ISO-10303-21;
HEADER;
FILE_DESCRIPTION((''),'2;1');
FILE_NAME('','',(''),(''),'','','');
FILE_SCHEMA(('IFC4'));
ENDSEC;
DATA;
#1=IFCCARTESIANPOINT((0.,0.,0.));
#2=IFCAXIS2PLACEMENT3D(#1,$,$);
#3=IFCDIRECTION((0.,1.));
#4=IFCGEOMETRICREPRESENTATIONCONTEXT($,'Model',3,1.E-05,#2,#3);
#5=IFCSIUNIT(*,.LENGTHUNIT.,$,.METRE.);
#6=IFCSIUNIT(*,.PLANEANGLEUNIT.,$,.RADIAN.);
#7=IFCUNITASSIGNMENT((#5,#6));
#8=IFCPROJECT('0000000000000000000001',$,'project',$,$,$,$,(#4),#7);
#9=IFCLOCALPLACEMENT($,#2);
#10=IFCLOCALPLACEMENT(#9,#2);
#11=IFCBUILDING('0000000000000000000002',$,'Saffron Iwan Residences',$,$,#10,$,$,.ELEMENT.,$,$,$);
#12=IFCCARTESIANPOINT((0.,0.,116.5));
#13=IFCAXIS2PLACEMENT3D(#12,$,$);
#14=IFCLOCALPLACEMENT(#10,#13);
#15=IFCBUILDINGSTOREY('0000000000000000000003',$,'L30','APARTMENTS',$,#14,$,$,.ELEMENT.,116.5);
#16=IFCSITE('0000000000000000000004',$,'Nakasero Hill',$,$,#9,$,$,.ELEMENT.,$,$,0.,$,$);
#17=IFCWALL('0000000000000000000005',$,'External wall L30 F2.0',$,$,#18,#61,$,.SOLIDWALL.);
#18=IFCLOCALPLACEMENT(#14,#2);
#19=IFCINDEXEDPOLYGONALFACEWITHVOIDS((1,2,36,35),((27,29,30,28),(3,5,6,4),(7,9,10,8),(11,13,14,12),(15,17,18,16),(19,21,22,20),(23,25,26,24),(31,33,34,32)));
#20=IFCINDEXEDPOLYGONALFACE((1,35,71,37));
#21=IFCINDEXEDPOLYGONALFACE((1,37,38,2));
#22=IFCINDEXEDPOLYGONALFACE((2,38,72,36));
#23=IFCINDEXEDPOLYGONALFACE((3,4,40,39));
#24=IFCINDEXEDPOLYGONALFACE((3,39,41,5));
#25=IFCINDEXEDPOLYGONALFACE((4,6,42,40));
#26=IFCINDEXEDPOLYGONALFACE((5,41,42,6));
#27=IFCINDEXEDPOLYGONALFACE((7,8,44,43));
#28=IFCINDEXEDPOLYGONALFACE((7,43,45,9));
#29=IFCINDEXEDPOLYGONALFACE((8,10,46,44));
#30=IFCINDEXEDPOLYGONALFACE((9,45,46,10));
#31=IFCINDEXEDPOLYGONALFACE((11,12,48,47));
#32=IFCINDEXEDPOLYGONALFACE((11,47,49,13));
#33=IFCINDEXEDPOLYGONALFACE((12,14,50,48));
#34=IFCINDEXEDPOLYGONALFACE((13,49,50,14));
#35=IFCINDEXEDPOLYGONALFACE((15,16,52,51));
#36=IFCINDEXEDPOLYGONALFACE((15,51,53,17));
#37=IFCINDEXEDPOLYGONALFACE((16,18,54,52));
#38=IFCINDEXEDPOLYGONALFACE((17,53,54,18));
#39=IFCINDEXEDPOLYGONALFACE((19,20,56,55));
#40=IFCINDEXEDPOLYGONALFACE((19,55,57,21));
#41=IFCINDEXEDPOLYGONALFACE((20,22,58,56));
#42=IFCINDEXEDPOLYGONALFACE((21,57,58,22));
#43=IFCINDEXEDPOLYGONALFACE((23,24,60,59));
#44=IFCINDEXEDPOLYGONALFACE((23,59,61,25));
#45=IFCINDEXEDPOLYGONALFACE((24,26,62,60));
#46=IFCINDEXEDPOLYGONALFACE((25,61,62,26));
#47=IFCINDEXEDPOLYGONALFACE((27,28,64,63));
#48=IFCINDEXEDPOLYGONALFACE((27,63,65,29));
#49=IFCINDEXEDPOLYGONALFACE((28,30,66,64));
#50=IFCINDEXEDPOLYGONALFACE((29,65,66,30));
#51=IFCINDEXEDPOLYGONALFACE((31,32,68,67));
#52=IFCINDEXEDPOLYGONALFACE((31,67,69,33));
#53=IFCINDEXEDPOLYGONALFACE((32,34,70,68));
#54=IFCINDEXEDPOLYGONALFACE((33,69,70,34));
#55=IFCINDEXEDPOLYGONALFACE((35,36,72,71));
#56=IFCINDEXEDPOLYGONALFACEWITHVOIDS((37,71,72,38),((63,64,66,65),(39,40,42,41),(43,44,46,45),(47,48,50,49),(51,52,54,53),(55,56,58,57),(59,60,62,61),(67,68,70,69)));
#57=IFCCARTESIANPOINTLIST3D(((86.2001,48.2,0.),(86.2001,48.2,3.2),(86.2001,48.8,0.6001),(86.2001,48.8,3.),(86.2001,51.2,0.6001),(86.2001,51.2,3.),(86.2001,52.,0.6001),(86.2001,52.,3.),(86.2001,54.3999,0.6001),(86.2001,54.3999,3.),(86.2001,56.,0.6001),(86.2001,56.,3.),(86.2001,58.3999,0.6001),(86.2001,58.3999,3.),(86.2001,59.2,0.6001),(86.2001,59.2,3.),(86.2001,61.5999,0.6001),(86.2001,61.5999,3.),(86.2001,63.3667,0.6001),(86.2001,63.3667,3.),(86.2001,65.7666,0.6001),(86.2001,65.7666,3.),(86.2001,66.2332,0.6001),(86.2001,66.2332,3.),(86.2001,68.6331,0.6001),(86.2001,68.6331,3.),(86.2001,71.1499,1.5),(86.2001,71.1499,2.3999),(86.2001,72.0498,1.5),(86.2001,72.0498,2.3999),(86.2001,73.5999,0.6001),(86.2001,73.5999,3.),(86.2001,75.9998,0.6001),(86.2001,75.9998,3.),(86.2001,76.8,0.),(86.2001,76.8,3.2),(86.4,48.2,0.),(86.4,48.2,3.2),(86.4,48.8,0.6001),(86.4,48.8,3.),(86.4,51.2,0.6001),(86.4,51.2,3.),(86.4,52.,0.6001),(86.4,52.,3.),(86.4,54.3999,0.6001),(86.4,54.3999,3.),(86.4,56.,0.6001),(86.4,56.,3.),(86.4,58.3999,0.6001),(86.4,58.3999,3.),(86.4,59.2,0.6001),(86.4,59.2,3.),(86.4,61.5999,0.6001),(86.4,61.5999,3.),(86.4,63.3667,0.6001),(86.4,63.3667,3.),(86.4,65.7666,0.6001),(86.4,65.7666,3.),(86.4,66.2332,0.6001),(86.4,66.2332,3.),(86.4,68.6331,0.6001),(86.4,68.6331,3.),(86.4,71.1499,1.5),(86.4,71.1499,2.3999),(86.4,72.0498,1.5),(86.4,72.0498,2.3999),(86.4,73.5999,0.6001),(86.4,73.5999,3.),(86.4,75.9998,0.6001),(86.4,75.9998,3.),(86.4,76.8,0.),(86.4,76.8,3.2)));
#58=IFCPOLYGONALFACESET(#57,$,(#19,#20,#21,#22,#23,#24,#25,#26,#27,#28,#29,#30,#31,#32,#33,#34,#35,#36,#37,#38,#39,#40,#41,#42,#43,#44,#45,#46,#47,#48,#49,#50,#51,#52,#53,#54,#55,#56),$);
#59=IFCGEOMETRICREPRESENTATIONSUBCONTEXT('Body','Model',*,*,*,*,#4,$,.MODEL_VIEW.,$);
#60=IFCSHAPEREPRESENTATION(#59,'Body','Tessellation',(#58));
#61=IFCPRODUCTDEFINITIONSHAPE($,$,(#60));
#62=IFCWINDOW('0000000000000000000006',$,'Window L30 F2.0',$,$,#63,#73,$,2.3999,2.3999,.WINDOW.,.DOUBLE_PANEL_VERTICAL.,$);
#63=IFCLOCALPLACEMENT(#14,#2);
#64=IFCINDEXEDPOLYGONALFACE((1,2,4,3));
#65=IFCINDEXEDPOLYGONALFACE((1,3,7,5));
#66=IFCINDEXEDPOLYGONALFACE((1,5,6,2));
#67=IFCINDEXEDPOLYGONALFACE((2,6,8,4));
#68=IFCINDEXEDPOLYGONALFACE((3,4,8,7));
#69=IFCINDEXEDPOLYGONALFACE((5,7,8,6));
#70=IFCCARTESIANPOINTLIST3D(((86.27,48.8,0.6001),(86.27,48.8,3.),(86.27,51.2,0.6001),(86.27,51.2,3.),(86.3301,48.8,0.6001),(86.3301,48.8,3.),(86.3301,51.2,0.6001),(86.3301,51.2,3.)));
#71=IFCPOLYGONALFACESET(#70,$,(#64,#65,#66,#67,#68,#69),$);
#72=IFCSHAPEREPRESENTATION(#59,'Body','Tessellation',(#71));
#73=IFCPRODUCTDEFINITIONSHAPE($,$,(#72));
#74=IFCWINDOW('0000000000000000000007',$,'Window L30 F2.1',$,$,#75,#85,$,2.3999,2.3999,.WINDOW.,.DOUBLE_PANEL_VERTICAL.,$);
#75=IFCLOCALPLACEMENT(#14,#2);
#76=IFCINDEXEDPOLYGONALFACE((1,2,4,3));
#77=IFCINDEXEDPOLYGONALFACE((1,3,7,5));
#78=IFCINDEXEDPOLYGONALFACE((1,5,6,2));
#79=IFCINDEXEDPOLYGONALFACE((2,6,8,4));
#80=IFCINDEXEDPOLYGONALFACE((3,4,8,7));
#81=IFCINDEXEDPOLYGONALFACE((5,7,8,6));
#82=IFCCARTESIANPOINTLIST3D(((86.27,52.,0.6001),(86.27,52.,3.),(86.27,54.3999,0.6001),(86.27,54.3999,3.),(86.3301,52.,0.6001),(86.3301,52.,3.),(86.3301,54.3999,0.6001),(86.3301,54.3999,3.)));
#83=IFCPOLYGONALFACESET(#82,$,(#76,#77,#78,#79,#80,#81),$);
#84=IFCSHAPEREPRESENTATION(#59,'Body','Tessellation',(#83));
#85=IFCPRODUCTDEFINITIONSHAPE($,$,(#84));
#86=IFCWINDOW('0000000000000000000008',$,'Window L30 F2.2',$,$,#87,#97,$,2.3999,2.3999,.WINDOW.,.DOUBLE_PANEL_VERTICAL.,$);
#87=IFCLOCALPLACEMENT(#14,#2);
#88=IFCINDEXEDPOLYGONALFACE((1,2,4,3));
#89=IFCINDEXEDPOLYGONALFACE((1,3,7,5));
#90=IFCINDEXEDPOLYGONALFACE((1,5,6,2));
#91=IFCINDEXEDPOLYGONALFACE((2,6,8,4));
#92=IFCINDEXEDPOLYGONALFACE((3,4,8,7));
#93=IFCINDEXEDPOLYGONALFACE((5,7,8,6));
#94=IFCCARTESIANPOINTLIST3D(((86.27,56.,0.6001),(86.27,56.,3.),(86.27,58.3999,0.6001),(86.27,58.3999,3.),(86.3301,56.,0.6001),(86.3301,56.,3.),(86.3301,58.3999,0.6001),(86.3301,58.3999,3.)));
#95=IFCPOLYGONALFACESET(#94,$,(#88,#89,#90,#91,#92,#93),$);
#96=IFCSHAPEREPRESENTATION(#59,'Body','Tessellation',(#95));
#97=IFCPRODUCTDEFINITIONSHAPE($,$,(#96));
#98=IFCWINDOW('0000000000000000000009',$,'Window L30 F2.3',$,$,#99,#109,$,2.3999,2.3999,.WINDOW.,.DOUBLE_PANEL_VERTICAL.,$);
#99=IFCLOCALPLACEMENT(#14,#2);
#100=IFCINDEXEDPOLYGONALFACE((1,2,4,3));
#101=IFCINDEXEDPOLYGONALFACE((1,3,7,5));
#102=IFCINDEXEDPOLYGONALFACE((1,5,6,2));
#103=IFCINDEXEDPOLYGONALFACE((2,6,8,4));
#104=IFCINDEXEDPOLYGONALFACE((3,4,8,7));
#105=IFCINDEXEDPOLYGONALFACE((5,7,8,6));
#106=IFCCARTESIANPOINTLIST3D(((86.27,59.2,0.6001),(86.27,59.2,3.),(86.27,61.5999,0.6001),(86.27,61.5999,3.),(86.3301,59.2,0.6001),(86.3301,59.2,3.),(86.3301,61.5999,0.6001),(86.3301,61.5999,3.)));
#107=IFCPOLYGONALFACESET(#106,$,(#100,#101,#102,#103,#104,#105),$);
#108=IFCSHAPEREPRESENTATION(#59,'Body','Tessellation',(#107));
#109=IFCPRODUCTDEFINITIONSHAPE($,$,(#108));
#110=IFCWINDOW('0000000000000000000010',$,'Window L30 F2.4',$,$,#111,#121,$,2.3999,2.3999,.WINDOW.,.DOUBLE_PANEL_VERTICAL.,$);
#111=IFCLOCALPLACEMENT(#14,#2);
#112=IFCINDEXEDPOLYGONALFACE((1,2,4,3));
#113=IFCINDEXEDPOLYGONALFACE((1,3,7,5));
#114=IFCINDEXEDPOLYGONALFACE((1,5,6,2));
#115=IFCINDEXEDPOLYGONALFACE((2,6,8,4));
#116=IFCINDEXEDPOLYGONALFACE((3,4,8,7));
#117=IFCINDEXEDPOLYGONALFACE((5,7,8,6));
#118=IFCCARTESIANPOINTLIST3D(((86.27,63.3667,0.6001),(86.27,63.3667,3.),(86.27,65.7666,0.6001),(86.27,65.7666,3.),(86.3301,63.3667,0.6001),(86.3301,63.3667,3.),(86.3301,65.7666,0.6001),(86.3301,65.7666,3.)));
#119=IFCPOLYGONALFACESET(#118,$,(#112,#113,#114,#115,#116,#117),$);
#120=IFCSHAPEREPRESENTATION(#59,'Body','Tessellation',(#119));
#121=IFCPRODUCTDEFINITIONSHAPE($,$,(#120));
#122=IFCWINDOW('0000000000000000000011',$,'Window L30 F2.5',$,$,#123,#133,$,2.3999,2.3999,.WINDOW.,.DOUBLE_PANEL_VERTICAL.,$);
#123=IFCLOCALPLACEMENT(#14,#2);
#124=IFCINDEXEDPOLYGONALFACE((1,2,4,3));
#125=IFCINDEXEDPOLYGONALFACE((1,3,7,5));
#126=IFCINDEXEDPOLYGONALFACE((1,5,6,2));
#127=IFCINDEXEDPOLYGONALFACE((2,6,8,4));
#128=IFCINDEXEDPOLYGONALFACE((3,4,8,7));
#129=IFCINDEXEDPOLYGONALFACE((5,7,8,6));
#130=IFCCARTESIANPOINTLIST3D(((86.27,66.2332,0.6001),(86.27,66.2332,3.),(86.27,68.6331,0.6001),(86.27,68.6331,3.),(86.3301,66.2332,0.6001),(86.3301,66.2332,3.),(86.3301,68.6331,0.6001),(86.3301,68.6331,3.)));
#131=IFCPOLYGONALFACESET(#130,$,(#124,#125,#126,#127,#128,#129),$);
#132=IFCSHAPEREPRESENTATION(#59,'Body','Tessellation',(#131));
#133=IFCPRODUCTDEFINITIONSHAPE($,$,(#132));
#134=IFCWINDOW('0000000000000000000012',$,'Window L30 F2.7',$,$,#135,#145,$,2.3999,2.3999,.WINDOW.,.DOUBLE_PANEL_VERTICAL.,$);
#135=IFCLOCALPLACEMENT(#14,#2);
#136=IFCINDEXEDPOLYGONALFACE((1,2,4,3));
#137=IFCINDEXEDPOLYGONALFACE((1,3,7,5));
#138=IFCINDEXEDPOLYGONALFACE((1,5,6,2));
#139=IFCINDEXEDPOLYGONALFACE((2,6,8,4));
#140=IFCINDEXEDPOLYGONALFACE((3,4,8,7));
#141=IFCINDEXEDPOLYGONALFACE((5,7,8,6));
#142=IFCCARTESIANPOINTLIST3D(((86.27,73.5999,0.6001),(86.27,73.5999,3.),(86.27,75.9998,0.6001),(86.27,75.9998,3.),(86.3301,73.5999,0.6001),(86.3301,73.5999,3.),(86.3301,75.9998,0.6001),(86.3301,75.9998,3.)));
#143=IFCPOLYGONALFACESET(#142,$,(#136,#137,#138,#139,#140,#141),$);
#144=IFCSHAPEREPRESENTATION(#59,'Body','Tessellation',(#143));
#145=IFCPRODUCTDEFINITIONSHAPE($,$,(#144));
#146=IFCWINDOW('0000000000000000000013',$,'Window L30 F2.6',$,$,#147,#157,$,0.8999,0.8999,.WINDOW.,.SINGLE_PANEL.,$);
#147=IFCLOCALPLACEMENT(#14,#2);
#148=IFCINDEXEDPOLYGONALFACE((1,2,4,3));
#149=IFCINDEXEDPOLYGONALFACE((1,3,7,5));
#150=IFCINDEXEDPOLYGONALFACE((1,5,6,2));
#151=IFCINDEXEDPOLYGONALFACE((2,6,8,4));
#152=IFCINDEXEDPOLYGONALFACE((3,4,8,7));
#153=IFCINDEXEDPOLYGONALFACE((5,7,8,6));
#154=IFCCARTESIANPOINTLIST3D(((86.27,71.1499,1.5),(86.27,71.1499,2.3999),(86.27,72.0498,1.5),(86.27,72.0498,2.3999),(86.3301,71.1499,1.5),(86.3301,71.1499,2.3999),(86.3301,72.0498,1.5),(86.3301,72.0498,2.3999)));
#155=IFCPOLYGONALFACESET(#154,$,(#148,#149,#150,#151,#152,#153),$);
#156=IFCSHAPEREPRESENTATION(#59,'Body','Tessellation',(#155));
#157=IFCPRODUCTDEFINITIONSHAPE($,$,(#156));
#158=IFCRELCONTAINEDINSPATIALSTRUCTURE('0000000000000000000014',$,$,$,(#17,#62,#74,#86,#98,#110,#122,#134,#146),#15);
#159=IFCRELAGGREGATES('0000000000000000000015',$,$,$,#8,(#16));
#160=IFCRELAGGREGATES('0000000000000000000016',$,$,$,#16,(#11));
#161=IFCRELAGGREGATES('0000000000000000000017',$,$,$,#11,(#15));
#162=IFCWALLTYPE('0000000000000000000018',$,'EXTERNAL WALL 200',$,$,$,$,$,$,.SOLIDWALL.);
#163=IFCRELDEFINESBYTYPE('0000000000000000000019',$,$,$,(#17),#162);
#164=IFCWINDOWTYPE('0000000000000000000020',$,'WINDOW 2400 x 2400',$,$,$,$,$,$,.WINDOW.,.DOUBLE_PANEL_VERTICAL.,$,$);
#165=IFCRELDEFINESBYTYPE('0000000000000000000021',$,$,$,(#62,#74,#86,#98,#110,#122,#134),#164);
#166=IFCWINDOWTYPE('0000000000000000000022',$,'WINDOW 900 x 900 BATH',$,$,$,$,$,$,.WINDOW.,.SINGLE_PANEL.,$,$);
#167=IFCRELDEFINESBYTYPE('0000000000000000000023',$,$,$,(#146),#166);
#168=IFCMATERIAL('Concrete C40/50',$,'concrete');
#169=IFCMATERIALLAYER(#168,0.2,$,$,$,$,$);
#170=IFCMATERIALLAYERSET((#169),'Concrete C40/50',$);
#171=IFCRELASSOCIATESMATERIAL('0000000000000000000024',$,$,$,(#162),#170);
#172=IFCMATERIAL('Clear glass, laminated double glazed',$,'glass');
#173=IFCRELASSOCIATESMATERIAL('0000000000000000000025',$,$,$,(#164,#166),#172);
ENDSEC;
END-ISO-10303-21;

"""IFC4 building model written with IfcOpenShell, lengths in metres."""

from ifc_helpers import new_model, si_unit, direction, frame, frame_2d, origin, place, context, subcontext, project, spatial, rectangle, extrude, material, layer, layer_set, type_object, element, fill, save


model = new_model("IFC4")

# Units and contexts
model_context = context("Model", 3, precision=1e-05, world=origin(), true_north=direction((0.0, 1.0)))
body_context = subcontext(model_context, "Body", "Model", "MODEL_VIEW")
ifc_project = project(units=[si_unit("LENGTHUNIT", "METRE"), si_unit("PLANEANGLEUNIT", "RADIAN")], contexts=[model_context])

# Site, building, storey
site_placement = place(None, origin())
site = spatial("IfcSite", under=ifc_project, at=site_placement, Name="Nakasero Hill", CompositionType="ELEMENT", RefElevation=0.0)
building_placement = place(site_placement, origin())
building = spatial("IfcBuilding", under=site, at=building_placement, Name="Saffron Iwan Residences", CompositionType="ELEMENT")
storey_placement = place(building_placement, frame((0.0, 0.0, 116.5)))
storey = spatial("IfcBuildingStorey", under=building, at=storey_placement, Name="L30", Description="APARTMENTS", CompositionType="ELEMENT", Elevation=116.5)

# Shared definitions
ifc_material_1 = material(Name="Concrete C40/50", Category="concrete")
ifc_layer_1 = layer(ifc_material_1, 0.2)
ifc_layer_set_1 = layer_set([ifc_layer_1], Name="Concrete C40/50")
wall_type_1 = type_object("IfcWallType", Name="EXTERNAL WALL 200", PredefinedType="SOLIDWALL", material=ifc_layer_set_1)
ifc_material_2 = material(Name="Clear glass, laminated double glazed", Category="glass")
window_type_1 = type_object("IfcWindowType", Name="WINDOW 2400 x 2400", PartitioningType="DOUBLE_PANEL_VERTICAL", PredefinedType="WINDOW", material=ifc_material_2)

# Wall, openings, windows
wall_1_placement = place(storey_placement, frame((86.3, 48.2, 0.0), z_axis=(0.0, 0.0, 1.0), x_axis=(0.0, 1.0, 0.0)))
wall_1 = element("IfcWall", 1, at=wall_1_placement, inside=storey, type_object=wall_type_1, Name="External wall L30 F2.0", PredefinedType="SOLIDWALL", context=body_context, shape_type="SweptSolid", body=[
    extrude(rectangle(XDim=28.6001, YDim=0.2, at=frame_2d((14.3, 0.0))), origin(), (0.0, 0.0, 1.0), 3.2),
])
opening_1_placement = place(wall_1_placement, frame((0.6001, 0.0, 0.6001)))
opening_1 = element("IfcOpeningElement", 2, at=opening_1_placement, cuts=wall_1, PredefinedType="OPENING", context=body_context, shape_type="SweptSolid", body=[
    extrude(rectangle(XDim=2.3999, YDim=2.3999, at=frame_2d((1.2, 1.2))), frame((0.0, 0.1099, 0.0), z_axis=(0.0, -1.0, 0.0), x_axis=(1.0, 0.0, 0.0)), (0.0, 0.0, 1.0), 0.22),
])
opening_2_placement = place(wall_1_placement, frame((3.8, 0.0, 0.6001)))
opening_2 = element("IfcOpeningElement", 3, at=opening_2_placement, cuts=wall_1, PredefinedType="OPENING", context=body_context, shape_type="SweptSolid", body=[
    extrude(rectangle(XDim=2.3999, YDim=2.3999, at=frame_2d((1.2, 1.2))), frame((0.0, 0.1099, 0.0), z_axis=(0.0, -1.0, 0.0), x_axis=(1.0, 0.0, 0.0)), (0.0, 0.0, 1.0), 0.22),
])
opening_3_placement = place(wall_1_placement, frame((7.8, 0.0, 0.6001)))
opening_3 = element("IfcOpeningElement", 4, at=opening_3_placement, cuts=wall_1, PredefinedType="OPENING", context=body_context, shape_type="SweptSolid", body=[
    extrude(rectangle(XDim=2.3999, YDim=2.3999, at=frame_2d((1.2, 1.2))), frame((0.0, 0.1099, 0.0), z_axis=(0.0, -1.0, 0.0), x_axis=(1.0, 0.0, 0.0)), (0.0, 0.0, 1.0), 0.22),
])
opening_4_placement = place(wall_1_placement, frame((11.0, 0.0, 0.6001)))
opening_4 = element("IfcOpeningElement", 5, at=opening_4_placement, cuts=wall_1, PredefinedType="OPENING", context=body_context, shape_type="SweptSolid", body=[
    extrude(rectangle(XDim=2.3999, YDim=2.3999, at=frame_2d((1.2, 1.2))), frame((0.0, 0.1099, 0.0), z_axis=(0.0, -1.0, 0.0), x_axis=(1.0, 0.0, 0.0)), (0.0, 0.0, 1.0), 0.22),
])
opening_5_placement = place(wall_1_placement, frame((15.1667, 0.0, 0.6001)))
opening_5 = element("IfcOpeningElement", 6, at=opening_5_placement, cuts=wall_1, PredefinedType="OPENING", context=body_context, shape_type="SweptSolid", body=[
    extrude(rectangle(XDim=2.3999, YDim=2.3999, at=frame_2d((1.2, 1.2))), frame((0.0, 0.1099, 0.0), z_axis=(0.0, -1.0, 0.0), x_axis=(1.0, 0.0, 0.0)), (0.0, 0.0, 1.0), 0.22),
])
opening_6_placement = place(wall_1_placement, frame((18.0332, 0.0, 0.6001)))
opening_6 = element("IfcOpeningElement", 7, at=opening_6_placement, cuts=wall_1, PredefinedType="OPENING", context=body_context, shape_type="SweptSolid", body=[
    extrude(rectangle(XDim=2.3999, YDim=2.3999, at=frame_2d((1.2, 1.2))), frame((0.0, 0.1099, 0.0), z_axis=(0.0, -1.0, 0.0), x_axis=(1.0, 0.0, 0.0)), (0.0, 0.0, 1.0), 0.22),
])
opening_7_placement = place(wall_1_placement, frame((22.95, 0.0, 1.5)))
opening_7 = element("IfcOpeningElement", 8, at=opening_7_placement, cuts=wall_1, PredefinedType="OPENING", context=body_context, shape_type="SweptSolid", body=[
    extrude(rectangle(XDim=0.8999, YDim=0.8999, at=frame_2d((0.45, 0.45))), frame((0.0, 0.1099, 0.0), z_axis=(0.0, -1.0, 0.0), x_axis=(1.0, 0.0, 0.0)), (0.0, 0.0, 1.0), 0.22),
])
opening_8_placement = place(wall_1_placement, frame((25.3999, 0.0, 0.6001)))
opening_8 = element("IfcOpeningElement", 9, at=opening_8_placement, cuts=wall_1, PredefinedType="OPENING", context=body_context, shape_type="SweptSolid", body=[
    extrude(rectangle(XDim=2.3999, YDim=2.3999, at=frame_2d((1.2, 1.2))), frame((0.0, 0.1099, 0.0), z_axis=(0.0, -1.0, 0.0), x_axis=(1.0, 0.0, 0.0)), (0.0, 0.0, 1.0), 0.22),
])
window_1_placement = place(opening_1_placement, origin())
window_1 = element("IfcWindow", 10, at=window_1_placement, inside=storey, type_object=window_type_1, Name="Window L30 F2.0", OverallHeight=2.3999, OverallWidth=2.3999, PartitioningType="DOUBLE_PANEL_VERTICAL", PredefinedType="WINDOW", context=body_context, shape_type="SweptSolid", body=[
    extrude(rectangle(XDim=2.3999, YDim=2.3999, at=frame_2d((1.2, 1.2))), frame((0.0, 0.03, 0.0), z_axis=(0.0, -1.0, 0.0), x_axis=(1.0, 0.0, 0.0)), (0.0, 0.0, 1.0), 0.0601),
])
fill(opening_1, window_1)
window_2_placement = place(opening_2_placement, origin())
window_2 = element("IfcWindow", 11, at=window_2_placement, inside=storey, type_object=window_type_1, Name="Window L30 F2.1", OverallHeight=2.3999, OverallWidth=2.3999, PartitioningType="DOUBLE_PANEL_VERTICAL", PredefinedType="WINDOW", context=body_context, shape_type="SweptSolid", body=[
    extrude(rectangle(XDim=2.3999, YDim=2.3999, at=frame_2d((1.2, 1.2))), frame((0.0, 0.03, 0.0), z_axis=(0.0, -1.0, 0.0), x_axis=(1.0, 0.0, 0.0)), (0.0, 0.0, 1.0), 0.0601),
])
fill(opening_2, window_2)
window_3_placement = place(opening_3_placement, origin())
window_3 = element("IfcWindow", 12, at=window_3_placement, inside=storey, type_object=window_type_1, Name="Window L30 F2.2", OverallHeight=2.3999, OverallWidth=2.3999, PartitioningType="DOUBLE_PANEL_VERTICAL", PredefinedType="WINDOW", context=body_context, shape_type="SweptSolid", body=[
    extrude(rectangle(XDim=2.3999, YDim=2.3999, at=frame_2d((1.2, 1.2))), frame((0.0, 0.03, 0.0), z_axis=(0.0, -1.0, 0.0), x_axis=(1.0, 0.0, 0.0)), (0.0, 0.0, 1.0), 0.0601),
])
fill(opening_3, window_3)
window_4_placement = place(opening_4_placement, origin())
window_4 = element("IfcWindow", 13, at=window_4_placement, inside=storey, type_object=window_type_1, Name="Window L30 F2.3", OverallHeight=2.3999, OverallWidth=2.3999, PartitioningType="DOUBLE_PANEL_VERTICAL", PredefinedType="WINDOW", context=body_context, shape_type="SweptSolid", body=[
    extrude(rectangle(XDim=2.3999, YDim=2.3999, at=frame_2d((1.2, 1.2))), frame((0.0, 0.03, 0.0), z_axis=(0.0, -1.0, 0.0), x_axis=(1.0, 0.0, 0.0)), (0.0, 0.0, 1.0), 0.0601),
])
fill(opening_4, window_4)
window_5_placement = place(opening_5_placement, origin())
window_5 = element("IfcWindow", 14, at=window_5_placement, inside=storey, type_object=window_type_1, Name="Window L30 F2.4", OverallHeight=2.3999, OverallWidth=2.3999, PartitioningType="DOUBLE_PANEL_VERTICAL", PredefinedType="WINDOW", context=body_context, shape_type="SweptSolid", body=[
    extrude(rectangle(XDim=2.3999, YDim=2.3999, at=frame_2d((1.2, 1.2))), frame((0.0, 0.03, 0.0), z_axis=(0.0, -1.0, 0.0), x_axis=(1.0, 0.0, 0.0)), (0.0, 0.0, 1.0), 0.0601),
])
fill(opening_5, window_5)
window_6_placement = place(opening_6_placement, origin())
window_6 = element("IfcWindow", 15, at=window_6_placement, inside=storey, type_object=window_type_1, Name="Window L30 F2.5", OverallHeight=2.3999, OverallWidth=2.3999, PartitioningType="DOUBLE_PANEL_VERTICAL", PredefinedType="WINDOW", context=body_context, shape_type="SweptSolid", body=[
    extrude(rectangle(XDim=2.3999, YDim=2.3999, at=frame_2d((1.2, 1.2))), frame((0.0, 0.03, 0.0), z_axis=(0.0, -1.0, 0.0), x_axis=(1.0, 0.0, 0.0)), (0.0, 0.0, 1.0), 0.0601),
])
fill(opening_6, window_6)
window_7_placement = place(opening_8_placement, origin())
window_7 = element("IfcWindow", 16, at=window_7_placement, inside=storey, type_object=window_type_1, Name="Window L30 F2.7", OverallHeight=2.3999, OverallWidth=2.3999, PartitioningType="DOUBLE_PANEL_VERTICAL", PredefinedType="WINDOW", context=body_context, shape_type="SweptSolid", body=[
    extrude(rectangle(XDim=2.3999, YDim=2.3999, at=frame_2d((1.2, 1.2))), frame((0.0, 0.03, 0.0), z_axis=(0.0, -1.0, 0.0), x_axis=(1.0, 0.0, 0.0)), (0.0, 0.0, 1.0), 0.0601),
])
fill(opening_8, window_7)
window_type_2 = type_object("IfcWindowType", Name="WINDOW 900 x 900 BATH", PartitioningType="SINGLE_PANEL", PredefinedType="WINDOW", material=ifc_material_2)
window_8_placement = place(opening_7_placement, origin())
window_8 = element("IfcWindow", 17, at=window_8_placement, inside=storey, type_object=window_type_2, Name="Window L30 F2.6", OverallHeight=0.8999, OverallWidth=0.8999, PartitioningType="SINGLE_PANEL", PredefinedType="WINDOW", context=body_context, shape_type="SweptSolid", body=[
    extrude(rectangle(XDim=0.8999, YDim=0.8999, at=frame_2d((0.45, 0.45))), frame((0.0, 0.03, 0.0), z_axis=(0.0, -1.0, 0.0), x_axis=(1.0, 0.0, 0.0)), (0.0, 0.0, 1.0), 0.0601),
])
fill(opening_7, window_8)

save(model, "model.ifc")
